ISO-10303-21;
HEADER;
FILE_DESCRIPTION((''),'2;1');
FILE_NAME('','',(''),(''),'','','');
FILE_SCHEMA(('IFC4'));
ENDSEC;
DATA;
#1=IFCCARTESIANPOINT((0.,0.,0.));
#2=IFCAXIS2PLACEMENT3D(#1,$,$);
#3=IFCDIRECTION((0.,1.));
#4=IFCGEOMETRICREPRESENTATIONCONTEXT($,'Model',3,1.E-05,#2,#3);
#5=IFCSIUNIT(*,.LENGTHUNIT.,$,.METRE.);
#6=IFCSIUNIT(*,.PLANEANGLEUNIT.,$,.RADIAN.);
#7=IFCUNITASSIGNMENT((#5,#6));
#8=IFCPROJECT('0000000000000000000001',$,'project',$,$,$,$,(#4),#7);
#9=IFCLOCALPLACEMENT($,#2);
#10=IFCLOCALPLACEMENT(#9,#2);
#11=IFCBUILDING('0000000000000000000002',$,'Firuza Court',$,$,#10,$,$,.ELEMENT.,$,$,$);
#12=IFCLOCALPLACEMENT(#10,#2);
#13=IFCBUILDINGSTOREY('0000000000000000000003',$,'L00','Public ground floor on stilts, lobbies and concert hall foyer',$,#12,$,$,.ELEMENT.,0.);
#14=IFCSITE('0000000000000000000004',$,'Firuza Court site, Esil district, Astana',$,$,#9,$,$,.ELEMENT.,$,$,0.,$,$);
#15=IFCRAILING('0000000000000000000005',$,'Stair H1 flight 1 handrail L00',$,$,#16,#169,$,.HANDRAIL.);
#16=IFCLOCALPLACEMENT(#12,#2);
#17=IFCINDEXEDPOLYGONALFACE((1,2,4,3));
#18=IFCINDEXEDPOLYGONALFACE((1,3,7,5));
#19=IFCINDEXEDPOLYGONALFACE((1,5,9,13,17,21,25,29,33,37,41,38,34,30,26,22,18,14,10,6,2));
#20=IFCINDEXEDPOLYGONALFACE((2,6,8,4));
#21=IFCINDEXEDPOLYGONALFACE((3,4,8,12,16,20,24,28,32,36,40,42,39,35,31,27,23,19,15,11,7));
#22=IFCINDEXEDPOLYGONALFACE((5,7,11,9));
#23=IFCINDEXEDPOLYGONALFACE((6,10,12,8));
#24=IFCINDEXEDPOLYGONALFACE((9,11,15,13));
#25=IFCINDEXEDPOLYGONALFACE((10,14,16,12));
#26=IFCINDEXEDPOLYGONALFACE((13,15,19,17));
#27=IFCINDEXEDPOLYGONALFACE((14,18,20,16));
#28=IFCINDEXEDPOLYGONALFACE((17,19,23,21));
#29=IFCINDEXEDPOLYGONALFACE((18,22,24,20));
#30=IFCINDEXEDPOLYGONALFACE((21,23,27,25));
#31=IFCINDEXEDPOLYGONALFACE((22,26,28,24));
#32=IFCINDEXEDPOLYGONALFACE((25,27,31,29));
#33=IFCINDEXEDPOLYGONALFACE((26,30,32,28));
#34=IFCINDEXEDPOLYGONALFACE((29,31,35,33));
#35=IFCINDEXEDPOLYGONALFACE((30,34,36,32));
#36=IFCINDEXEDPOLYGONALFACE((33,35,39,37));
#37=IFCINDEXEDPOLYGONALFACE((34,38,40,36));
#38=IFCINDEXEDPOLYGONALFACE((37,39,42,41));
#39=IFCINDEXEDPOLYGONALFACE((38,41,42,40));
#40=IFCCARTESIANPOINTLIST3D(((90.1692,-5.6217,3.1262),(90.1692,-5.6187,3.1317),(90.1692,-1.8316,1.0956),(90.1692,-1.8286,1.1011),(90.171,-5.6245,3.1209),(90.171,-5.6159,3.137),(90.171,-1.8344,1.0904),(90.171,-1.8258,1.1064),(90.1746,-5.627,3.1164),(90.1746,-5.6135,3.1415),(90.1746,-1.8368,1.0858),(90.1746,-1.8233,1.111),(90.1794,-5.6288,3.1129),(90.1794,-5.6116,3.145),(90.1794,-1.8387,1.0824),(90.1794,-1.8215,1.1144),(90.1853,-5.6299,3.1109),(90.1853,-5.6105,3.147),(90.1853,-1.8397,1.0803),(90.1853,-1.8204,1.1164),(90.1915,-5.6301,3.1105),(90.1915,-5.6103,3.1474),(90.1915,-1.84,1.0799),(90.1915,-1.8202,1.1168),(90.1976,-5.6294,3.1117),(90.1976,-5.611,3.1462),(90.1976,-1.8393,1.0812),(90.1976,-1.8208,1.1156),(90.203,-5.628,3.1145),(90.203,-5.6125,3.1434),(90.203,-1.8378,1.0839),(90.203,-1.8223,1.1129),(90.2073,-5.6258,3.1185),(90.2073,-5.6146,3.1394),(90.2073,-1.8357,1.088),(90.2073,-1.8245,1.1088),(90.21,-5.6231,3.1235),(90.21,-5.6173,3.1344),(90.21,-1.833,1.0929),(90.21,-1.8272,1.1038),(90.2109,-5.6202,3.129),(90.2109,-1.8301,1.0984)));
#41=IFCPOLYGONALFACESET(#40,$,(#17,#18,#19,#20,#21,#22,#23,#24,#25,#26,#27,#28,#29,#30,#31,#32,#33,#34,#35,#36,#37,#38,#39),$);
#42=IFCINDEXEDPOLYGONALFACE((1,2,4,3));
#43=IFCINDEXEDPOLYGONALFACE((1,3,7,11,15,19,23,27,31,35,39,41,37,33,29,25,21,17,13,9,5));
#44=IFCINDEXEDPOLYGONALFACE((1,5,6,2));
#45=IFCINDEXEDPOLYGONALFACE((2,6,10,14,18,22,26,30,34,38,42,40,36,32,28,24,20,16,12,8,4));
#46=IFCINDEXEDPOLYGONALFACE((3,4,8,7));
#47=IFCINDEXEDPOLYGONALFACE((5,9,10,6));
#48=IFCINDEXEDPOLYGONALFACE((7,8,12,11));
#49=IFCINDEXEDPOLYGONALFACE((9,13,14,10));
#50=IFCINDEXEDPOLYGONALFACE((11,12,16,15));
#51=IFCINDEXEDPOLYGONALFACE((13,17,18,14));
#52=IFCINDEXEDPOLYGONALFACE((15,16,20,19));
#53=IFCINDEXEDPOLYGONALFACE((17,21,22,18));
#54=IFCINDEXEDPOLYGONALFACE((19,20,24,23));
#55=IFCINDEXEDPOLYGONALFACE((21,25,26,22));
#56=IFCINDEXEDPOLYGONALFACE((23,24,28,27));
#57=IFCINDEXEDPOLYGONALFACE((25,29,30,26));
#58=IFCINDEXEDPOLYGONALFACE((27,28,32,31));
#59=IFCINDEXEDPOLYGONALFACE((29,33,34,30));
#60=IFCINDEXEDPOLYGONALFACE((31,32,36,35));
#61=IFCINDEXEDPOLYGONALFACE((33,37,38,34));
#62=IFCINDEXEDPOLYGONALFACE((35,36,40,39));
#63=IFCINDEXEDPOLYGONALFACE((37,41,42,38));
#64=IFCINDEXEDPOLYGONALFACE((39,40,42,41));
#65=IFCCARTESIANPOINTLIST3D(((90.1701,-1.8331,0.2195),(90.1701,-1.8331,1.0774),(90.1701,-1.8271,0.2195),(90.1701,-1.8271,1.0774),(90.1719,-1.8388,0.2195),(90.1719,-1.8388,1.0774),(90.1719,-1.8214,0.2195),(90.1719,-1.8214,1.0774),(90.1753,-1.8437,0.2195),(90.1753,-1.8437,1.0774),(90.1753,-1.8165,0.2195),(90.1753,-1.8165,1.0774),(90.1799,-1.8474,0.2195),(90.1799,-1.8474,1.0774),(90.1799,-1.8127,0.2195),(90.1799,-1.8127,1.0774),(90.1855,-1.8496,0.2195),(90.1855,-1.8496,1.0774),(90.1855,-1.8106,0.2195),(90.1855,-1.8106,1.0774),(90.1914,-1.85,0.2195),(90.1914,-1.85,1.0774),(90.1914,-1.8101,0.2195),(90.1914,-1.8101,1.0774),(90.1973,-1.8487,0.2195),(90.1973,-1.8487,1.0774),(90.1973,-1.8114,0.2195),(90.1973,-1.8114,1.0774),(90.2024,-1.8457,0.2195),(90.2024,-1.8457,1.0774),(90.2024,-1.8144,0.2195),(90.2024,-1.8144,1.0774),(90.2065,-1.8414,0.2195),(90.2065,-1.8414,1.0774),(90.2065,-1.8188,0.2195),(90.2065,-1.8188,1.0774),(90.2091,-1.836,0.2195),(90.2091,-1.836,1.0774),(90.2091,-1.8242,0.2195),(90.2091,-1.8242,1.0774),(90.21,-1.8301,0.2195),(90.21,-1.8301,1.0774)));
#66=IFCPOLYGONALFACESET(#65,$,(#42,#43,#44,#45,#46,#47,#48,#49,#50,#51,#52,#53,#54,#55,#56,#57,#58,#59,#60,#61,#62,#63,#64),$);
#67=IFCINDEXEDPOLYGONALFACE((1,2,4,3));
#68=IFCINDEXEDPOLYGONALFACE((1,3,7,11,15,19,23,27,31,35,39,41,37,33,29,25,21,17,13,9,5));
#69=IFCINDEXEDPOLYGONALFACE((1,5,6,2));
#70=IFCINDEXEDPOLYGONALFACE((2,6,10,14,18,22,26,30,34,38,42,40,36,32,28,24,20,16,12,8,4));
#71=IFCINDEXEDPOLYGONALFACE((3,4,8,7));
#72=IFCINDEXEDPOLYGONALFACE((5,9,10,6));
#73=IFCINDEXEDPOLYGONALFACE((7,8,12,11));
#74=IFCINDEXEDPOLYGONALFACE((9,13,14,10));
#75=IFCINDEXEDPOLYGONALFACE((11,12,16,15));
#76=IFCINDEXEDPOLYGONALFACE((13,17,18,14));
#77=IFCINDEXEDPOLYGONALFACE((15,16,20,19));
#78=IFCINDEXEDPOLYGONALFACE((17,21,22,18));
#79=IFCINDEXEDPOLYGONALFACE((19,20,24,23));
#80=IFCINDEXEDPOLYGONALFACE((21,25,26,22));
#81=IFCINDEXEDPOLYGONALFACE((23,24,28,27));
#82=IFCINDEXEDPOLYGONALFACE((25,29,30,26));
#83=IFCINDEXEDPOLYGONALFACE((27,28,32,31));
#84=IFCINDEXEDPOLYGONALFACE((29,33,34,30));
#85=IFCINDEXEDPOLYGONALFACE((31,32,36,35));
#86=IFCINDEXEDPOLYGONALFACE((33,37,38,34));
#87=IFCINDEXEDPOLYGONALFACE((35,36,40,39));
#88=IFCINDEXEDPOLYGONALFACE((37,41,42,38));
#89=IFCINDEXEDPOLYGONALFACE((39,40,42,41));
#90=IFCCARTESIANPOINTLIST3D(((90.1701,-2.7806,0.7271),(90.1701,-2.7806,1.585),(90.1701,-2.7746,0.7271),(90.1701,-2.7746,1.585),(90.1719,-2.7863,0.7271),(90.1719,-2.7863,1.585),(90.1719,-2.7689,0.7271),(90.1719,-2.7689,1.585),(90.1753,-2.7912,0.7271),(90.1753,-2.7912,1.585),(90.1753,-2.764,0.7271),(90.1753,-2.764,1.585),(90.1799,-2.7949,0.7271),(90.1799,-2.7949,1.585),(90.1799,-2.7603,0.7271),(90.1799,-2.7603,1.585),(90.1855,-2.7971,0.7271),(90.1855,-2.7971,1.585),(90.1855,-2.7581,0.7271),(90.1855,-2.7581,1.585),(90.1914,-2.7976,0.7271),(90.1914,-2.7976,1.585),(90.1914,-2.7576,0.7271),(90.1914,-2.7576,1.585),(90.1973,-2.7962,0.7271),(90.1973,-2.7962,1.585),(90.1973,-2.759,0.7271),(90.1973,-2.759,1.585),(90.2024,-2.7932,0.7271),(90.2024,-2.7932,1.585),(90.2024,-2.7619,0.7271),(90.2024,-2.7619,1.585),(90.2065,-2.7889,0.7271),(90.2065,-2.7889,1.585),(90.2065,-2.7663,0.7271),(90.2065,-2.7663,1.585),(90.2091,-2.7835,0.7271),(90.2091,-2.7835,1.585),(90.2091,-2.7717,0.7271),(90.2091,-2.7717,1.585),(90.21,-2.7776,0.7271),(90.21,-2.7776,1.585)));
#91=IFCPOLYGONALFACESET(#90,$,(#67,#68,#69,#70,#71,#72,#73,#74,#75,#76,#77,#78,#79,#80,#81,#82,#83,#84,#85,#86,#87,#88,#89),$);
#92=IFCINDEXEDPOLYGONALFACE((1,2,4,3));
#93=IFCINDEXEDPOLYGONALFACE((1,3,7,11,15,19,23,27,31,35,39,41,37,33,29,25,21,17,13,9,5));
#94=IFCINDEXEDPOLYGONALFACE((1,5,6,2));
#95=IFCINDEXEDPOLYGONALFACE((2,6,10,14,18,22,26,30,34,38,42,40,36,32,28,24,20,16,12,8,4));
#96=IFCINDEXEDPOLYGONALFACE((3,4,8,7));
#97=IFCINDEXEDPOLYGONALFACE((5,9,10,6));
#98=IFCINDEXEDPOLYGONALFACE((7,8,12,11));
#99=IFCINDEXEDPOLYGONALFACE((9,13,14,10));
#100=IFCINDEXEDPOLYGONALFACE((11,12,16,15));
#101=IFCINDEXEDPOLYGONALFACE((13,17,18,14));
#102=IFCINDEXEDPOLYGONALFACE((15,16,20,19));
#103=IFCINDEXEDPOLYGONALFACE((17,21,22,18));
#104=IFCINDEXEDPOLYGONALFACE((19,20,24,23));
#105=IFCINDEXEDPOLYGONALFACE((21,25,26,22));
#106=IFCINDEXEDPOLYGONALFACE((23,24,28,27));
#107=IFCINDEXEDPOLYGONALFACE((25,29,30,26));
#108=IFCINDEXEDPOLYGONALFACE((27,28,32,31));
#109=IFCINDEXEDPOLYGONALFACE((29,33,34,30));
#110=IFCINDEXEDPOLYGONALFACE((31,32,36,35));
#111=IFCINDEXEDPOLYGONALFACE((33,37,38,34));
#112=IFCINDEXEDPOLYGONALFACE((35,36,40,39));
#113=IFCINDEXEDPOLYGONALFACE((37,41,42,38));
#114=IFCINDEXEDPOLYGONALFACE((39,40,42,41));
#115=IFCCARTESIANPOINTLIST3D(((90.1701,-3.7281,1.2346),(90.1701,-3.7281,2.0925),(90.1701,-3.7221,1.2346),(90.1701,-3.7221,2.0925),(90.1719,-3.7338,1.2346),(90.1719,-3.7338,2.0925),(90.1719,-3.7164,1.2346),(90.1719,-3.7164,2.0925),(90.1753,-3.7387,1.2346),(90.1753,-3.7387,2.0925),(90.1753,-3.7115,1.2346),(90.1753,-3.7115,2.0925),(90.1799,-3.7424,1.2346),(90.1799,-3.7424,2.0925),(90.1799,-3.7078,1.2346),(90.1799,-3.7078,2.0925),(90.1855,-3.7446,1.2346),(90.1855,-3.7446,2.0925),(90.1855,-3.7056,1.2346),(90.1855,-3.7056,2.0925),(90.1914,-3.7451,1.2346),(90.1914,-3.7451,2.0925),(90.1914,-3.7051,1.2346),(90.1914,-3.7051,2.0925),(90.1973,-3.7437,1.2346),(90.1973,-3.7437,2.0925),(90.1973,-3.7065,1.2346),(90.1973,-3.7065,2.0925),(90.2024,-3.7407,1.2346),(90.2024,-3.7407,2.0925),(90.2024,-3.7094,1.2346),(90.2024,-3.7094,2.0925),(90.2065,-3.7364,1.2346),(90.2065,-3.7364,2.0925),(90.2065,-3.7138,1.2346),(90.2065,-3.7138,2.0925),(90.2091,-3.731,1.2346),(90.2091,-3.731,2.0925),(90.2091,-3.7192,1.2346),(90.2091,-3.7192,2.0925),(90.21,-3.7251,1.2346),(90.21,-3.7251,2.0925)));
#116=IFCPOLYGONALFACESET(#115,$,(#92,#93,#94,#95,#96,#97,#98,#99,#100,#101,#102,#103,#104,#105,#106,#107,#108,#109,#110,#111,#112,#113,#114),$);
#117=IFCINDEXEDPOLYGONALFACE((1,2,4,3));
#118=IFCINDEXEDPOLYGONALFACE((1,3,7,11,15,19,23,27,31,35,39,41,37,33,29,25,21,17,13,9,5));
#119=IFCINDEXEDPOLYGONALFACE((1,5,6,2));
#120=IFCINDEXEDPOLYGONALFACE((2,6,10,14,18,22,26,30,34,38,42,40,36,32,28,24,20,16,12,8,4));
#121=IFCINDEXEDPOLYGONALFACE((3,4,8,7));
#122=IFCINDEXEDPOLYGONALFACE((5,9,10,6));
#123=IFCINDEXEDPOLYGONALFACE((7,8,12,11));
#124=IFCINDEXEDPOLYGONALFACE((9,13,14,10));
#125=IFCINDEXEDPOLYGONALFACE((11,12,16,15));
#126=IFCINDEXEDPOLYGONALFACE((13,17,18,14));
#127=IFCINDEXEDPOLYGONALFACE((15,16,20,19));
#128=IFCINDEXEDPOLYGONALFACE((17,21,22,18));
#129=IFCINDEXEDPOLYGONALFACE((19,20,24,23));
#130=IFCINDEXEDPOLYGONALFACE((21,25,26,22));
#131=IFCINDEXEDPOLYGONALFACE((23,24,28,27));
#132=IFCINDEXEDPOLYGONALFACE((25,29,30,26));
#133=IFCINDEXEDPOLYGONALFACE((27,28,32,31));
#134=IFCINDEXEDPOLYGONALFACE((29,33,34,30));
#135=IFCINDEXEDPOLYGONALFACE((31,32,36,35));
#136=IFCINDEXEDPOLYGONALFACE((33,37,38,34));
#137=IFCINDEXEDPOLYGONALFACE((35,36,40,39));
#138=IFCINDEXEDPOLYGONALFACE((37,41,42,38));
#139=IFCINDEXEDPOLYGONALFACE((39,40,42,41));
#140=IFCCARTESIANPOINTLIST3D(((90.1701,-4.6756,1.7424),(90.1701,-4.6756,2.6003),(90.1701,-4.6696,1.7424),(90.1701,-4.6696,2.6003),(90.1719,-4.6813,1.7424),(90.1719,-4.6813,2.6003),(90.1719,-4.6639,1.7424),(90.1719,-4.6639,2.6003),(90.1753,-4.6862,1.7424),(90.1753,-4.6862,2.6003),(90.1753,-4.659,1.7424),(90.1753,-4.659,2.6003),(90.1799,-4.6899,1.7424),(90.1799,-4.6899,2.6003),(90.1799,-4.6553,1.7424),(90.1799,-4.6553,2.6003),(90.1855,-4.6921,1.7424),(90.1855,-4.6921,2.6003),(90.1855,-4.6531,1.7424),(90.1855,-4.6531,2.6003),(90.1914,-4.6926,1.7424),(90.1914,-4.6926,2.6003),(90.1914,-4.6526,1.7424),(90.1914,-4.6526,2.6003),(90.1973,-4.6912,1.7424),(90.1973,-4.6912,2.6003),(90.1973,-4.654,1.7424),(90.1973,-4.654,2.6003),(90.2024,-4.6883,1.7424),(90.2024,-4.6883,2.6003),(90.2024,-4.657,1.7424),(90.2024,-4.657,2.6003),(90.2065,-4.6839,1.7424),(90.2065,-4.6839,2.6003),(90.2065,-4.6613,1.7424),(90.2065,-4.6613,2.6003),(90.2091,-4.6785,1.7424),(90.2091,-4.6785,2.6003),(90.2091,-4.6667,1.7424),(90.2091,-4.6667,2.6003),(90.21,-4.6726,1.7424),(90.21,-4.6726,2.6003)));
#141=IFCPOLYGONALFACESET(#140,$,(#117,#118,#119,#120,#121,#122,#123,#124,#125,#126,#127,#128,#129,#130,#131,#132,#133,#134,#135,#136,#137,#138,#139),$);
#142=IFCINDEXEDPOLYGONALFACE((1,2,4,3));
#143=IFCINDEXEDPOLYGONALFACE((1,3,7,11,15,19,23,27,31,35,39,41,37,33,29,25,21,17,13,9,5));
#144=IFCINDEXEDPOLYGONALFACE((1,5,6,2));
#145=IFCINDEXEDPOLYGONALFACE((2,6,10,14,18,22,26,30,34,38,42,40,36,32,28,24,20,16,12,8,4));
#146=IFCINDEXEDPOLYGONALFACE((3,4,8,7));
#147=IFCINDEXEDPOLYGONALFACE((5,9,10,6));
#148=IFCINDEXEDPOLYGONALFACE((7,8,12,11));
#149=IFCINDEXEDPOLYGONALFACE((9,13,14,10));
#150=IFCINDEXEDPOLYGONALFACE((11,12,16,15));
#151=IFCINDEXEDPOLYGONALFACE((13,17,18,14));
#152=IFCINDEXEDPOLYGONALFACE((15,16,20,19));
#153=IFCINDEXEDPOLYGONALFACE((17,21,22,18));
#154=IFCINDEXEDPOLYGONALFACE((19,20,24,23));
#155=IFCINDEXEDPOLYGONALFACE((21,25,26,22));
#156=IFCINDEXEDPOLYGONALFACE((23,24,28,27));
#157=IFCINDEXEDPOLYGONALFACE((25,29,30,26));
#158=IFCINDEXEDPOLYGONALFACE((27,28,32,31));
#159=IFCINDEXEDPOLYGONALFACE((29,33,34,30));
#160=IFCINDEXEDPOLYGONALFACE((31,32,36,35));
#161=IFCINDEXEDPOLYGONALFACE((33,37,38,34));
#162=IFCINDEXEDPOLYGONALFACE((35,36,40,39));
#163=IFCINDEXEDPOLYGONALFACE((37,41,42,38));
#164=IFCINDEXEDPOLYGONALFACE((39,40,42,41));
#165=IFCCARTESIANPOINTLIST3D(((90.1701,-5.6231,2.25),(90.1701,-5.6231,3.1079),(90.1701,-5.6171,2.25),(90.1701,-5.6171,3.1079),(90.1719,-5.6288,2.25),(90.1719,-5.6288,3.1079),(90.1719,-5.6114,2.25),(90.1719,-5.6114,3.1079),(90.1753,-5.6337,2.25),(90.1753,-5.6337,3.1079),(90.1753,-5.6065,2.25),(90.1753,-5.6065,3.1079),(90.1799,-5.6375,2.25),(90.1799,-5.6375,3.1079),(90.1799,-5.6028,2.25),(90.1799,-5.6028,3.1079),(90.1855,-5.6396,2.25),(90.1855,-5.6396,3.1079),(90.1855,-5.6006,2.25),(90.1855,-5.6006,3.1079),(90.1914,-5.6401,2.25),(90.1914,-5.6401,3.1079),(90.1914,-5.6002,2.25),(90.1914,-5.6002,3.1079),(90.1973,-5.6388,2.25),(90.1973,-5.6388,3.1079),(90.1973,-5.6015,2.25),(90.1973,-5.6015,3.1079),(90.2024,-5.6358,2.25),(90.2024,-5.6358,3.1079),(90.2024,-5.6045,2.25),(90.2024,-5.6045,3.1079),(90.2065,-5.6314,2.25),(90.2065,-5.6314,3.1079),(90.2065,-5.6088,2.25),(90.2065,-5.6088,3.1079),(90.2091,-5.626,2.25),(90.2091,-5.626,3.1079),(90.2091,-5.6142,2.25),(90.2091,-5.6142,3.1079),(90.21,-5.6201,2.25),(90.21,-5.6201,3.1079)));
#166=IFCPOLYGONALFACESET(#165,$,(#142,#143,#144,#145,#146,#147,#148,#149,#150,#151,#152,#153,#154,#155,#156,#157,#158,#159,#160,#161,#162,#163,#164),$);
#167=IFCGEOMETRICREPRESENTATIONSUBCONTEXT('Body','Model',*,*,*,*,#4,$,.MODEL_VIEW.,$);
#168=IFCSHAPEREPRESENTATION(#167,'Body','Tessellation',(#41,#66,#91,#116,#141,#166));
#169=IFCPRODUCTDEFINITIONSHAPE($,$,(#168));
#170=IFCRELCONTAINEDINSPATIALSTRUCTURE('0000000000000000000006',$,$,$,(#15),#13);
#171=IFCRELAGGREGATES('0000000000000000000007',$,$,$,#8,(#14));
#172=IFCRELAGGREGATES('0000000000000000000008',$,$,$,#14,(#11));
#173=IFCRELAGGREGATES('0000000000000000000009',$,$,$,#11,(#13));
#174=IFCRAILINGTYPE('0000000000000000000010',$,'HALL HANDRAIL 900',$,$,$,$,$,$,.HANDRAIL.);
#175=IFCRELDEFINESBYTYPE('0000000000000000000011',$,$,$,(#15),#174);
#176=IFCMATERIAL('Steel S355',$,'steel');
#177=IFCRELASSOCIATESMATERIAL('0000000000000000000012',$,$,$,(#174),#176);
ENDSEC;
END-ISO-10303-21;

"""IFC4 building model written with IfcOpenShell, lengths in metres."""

from ifc_helpers import new_model, si_unit, direction, frame, origin, origin_2d, place, context, subcontext, project, spatial, circle, extrude, material, type_object, element, save


model = new_model("IFC4")

# Units and contexts
model_context = context("Model", 3, precision=1e-05, world=origin(), true_north=direction((0.0, 1.0)))
body_context = subcontext(model_context, "Body", "Model", "MODEL_VIEW")
ifc_project = project(units=[si_unit("LENGTHUNIT", "METRE"), si_unit("PLANEANGLEUNIT", "RADIAN")], contexts=[model_context])

# Site, building, storey
site_placement = place(None, origin())
site = spatial("IfcSite", under=ifc_project, at=site_placement, Name="Firuza Court site, Esil district, Astana", CompositionType="ELEMENT", RefElevation=0.0)
building_placement = place(site_placement, origin())
building = spatial("IfcBuilding", under=site, at=building_placement, Name="Firuza Court", CompositionType="ELEMENT")
storey_placement = place(building_placement, origin())
storey = spatial("IfcBuildingStorey", under=building, at=storey_placement, Name="L00", Description="Public ground floor on stilts, lobbies and concert hall foyer", CompositionType="ELEMENT", Elevation=0.0)

# Railing
ifc_material_1 = material(Name="Steel S355", Category="steel")
railing_type_1 = type_object("IfcRailingType", Name="HALL HANDRAIL 900", PredefinedType="HANDRAIL", material=ifc_material_1)
railing_1_placement = place(storey_placement, frame((90.1899, -1.8301, 0.2195)))
element("IfcRailing", 1, at=railing_1_placement, inside=storey, type_object=railing_type_1, Name="Stair H1 flight 1 handrail L00", PredefinedType="HANDRAIL", context=body_context, shape_type="SweptSolid", body=[
    extrude(circle(Radius=0.021, at=origin_2d()), frame((0.0, 0.0, 0.8789), z_axis=(0.0, -0.881466, 0.472247), x_axis=(1.0, 0.0, 0.0)), (0.0, 0.0, 1.0), 4.2998),
    extrude(circle(Radius=0.02, at=origin_2d()), origin(), (0.0, 0.0, 1.0), 0.8579),
    extrude(circle(Radius=0.02, at=origin_2d()), frame((0.0, -0.9475, 0.5076)), (0.0, 0.0, 1.0), 0.8579),
    extrude(circle(Radius=0.02, at=origin_2d()), frame((0.0, -1.895, 1.0151)), (0.0, 0.0, 1.0), 0.8579),
    extrude(circle(Radius=0.02, at=origin_2d()), frame((0.0, -2.8425, 1.5229)), (0.0, 0.0, 1.0), 0.8579),
    extrude(circle(Radius=0.02, at=origin_2d()), frame((0.0, -3.79, 2.0305)), (0.0, 0.0, 1.0), 0.8579),
])

save(model, "model.ifc")
